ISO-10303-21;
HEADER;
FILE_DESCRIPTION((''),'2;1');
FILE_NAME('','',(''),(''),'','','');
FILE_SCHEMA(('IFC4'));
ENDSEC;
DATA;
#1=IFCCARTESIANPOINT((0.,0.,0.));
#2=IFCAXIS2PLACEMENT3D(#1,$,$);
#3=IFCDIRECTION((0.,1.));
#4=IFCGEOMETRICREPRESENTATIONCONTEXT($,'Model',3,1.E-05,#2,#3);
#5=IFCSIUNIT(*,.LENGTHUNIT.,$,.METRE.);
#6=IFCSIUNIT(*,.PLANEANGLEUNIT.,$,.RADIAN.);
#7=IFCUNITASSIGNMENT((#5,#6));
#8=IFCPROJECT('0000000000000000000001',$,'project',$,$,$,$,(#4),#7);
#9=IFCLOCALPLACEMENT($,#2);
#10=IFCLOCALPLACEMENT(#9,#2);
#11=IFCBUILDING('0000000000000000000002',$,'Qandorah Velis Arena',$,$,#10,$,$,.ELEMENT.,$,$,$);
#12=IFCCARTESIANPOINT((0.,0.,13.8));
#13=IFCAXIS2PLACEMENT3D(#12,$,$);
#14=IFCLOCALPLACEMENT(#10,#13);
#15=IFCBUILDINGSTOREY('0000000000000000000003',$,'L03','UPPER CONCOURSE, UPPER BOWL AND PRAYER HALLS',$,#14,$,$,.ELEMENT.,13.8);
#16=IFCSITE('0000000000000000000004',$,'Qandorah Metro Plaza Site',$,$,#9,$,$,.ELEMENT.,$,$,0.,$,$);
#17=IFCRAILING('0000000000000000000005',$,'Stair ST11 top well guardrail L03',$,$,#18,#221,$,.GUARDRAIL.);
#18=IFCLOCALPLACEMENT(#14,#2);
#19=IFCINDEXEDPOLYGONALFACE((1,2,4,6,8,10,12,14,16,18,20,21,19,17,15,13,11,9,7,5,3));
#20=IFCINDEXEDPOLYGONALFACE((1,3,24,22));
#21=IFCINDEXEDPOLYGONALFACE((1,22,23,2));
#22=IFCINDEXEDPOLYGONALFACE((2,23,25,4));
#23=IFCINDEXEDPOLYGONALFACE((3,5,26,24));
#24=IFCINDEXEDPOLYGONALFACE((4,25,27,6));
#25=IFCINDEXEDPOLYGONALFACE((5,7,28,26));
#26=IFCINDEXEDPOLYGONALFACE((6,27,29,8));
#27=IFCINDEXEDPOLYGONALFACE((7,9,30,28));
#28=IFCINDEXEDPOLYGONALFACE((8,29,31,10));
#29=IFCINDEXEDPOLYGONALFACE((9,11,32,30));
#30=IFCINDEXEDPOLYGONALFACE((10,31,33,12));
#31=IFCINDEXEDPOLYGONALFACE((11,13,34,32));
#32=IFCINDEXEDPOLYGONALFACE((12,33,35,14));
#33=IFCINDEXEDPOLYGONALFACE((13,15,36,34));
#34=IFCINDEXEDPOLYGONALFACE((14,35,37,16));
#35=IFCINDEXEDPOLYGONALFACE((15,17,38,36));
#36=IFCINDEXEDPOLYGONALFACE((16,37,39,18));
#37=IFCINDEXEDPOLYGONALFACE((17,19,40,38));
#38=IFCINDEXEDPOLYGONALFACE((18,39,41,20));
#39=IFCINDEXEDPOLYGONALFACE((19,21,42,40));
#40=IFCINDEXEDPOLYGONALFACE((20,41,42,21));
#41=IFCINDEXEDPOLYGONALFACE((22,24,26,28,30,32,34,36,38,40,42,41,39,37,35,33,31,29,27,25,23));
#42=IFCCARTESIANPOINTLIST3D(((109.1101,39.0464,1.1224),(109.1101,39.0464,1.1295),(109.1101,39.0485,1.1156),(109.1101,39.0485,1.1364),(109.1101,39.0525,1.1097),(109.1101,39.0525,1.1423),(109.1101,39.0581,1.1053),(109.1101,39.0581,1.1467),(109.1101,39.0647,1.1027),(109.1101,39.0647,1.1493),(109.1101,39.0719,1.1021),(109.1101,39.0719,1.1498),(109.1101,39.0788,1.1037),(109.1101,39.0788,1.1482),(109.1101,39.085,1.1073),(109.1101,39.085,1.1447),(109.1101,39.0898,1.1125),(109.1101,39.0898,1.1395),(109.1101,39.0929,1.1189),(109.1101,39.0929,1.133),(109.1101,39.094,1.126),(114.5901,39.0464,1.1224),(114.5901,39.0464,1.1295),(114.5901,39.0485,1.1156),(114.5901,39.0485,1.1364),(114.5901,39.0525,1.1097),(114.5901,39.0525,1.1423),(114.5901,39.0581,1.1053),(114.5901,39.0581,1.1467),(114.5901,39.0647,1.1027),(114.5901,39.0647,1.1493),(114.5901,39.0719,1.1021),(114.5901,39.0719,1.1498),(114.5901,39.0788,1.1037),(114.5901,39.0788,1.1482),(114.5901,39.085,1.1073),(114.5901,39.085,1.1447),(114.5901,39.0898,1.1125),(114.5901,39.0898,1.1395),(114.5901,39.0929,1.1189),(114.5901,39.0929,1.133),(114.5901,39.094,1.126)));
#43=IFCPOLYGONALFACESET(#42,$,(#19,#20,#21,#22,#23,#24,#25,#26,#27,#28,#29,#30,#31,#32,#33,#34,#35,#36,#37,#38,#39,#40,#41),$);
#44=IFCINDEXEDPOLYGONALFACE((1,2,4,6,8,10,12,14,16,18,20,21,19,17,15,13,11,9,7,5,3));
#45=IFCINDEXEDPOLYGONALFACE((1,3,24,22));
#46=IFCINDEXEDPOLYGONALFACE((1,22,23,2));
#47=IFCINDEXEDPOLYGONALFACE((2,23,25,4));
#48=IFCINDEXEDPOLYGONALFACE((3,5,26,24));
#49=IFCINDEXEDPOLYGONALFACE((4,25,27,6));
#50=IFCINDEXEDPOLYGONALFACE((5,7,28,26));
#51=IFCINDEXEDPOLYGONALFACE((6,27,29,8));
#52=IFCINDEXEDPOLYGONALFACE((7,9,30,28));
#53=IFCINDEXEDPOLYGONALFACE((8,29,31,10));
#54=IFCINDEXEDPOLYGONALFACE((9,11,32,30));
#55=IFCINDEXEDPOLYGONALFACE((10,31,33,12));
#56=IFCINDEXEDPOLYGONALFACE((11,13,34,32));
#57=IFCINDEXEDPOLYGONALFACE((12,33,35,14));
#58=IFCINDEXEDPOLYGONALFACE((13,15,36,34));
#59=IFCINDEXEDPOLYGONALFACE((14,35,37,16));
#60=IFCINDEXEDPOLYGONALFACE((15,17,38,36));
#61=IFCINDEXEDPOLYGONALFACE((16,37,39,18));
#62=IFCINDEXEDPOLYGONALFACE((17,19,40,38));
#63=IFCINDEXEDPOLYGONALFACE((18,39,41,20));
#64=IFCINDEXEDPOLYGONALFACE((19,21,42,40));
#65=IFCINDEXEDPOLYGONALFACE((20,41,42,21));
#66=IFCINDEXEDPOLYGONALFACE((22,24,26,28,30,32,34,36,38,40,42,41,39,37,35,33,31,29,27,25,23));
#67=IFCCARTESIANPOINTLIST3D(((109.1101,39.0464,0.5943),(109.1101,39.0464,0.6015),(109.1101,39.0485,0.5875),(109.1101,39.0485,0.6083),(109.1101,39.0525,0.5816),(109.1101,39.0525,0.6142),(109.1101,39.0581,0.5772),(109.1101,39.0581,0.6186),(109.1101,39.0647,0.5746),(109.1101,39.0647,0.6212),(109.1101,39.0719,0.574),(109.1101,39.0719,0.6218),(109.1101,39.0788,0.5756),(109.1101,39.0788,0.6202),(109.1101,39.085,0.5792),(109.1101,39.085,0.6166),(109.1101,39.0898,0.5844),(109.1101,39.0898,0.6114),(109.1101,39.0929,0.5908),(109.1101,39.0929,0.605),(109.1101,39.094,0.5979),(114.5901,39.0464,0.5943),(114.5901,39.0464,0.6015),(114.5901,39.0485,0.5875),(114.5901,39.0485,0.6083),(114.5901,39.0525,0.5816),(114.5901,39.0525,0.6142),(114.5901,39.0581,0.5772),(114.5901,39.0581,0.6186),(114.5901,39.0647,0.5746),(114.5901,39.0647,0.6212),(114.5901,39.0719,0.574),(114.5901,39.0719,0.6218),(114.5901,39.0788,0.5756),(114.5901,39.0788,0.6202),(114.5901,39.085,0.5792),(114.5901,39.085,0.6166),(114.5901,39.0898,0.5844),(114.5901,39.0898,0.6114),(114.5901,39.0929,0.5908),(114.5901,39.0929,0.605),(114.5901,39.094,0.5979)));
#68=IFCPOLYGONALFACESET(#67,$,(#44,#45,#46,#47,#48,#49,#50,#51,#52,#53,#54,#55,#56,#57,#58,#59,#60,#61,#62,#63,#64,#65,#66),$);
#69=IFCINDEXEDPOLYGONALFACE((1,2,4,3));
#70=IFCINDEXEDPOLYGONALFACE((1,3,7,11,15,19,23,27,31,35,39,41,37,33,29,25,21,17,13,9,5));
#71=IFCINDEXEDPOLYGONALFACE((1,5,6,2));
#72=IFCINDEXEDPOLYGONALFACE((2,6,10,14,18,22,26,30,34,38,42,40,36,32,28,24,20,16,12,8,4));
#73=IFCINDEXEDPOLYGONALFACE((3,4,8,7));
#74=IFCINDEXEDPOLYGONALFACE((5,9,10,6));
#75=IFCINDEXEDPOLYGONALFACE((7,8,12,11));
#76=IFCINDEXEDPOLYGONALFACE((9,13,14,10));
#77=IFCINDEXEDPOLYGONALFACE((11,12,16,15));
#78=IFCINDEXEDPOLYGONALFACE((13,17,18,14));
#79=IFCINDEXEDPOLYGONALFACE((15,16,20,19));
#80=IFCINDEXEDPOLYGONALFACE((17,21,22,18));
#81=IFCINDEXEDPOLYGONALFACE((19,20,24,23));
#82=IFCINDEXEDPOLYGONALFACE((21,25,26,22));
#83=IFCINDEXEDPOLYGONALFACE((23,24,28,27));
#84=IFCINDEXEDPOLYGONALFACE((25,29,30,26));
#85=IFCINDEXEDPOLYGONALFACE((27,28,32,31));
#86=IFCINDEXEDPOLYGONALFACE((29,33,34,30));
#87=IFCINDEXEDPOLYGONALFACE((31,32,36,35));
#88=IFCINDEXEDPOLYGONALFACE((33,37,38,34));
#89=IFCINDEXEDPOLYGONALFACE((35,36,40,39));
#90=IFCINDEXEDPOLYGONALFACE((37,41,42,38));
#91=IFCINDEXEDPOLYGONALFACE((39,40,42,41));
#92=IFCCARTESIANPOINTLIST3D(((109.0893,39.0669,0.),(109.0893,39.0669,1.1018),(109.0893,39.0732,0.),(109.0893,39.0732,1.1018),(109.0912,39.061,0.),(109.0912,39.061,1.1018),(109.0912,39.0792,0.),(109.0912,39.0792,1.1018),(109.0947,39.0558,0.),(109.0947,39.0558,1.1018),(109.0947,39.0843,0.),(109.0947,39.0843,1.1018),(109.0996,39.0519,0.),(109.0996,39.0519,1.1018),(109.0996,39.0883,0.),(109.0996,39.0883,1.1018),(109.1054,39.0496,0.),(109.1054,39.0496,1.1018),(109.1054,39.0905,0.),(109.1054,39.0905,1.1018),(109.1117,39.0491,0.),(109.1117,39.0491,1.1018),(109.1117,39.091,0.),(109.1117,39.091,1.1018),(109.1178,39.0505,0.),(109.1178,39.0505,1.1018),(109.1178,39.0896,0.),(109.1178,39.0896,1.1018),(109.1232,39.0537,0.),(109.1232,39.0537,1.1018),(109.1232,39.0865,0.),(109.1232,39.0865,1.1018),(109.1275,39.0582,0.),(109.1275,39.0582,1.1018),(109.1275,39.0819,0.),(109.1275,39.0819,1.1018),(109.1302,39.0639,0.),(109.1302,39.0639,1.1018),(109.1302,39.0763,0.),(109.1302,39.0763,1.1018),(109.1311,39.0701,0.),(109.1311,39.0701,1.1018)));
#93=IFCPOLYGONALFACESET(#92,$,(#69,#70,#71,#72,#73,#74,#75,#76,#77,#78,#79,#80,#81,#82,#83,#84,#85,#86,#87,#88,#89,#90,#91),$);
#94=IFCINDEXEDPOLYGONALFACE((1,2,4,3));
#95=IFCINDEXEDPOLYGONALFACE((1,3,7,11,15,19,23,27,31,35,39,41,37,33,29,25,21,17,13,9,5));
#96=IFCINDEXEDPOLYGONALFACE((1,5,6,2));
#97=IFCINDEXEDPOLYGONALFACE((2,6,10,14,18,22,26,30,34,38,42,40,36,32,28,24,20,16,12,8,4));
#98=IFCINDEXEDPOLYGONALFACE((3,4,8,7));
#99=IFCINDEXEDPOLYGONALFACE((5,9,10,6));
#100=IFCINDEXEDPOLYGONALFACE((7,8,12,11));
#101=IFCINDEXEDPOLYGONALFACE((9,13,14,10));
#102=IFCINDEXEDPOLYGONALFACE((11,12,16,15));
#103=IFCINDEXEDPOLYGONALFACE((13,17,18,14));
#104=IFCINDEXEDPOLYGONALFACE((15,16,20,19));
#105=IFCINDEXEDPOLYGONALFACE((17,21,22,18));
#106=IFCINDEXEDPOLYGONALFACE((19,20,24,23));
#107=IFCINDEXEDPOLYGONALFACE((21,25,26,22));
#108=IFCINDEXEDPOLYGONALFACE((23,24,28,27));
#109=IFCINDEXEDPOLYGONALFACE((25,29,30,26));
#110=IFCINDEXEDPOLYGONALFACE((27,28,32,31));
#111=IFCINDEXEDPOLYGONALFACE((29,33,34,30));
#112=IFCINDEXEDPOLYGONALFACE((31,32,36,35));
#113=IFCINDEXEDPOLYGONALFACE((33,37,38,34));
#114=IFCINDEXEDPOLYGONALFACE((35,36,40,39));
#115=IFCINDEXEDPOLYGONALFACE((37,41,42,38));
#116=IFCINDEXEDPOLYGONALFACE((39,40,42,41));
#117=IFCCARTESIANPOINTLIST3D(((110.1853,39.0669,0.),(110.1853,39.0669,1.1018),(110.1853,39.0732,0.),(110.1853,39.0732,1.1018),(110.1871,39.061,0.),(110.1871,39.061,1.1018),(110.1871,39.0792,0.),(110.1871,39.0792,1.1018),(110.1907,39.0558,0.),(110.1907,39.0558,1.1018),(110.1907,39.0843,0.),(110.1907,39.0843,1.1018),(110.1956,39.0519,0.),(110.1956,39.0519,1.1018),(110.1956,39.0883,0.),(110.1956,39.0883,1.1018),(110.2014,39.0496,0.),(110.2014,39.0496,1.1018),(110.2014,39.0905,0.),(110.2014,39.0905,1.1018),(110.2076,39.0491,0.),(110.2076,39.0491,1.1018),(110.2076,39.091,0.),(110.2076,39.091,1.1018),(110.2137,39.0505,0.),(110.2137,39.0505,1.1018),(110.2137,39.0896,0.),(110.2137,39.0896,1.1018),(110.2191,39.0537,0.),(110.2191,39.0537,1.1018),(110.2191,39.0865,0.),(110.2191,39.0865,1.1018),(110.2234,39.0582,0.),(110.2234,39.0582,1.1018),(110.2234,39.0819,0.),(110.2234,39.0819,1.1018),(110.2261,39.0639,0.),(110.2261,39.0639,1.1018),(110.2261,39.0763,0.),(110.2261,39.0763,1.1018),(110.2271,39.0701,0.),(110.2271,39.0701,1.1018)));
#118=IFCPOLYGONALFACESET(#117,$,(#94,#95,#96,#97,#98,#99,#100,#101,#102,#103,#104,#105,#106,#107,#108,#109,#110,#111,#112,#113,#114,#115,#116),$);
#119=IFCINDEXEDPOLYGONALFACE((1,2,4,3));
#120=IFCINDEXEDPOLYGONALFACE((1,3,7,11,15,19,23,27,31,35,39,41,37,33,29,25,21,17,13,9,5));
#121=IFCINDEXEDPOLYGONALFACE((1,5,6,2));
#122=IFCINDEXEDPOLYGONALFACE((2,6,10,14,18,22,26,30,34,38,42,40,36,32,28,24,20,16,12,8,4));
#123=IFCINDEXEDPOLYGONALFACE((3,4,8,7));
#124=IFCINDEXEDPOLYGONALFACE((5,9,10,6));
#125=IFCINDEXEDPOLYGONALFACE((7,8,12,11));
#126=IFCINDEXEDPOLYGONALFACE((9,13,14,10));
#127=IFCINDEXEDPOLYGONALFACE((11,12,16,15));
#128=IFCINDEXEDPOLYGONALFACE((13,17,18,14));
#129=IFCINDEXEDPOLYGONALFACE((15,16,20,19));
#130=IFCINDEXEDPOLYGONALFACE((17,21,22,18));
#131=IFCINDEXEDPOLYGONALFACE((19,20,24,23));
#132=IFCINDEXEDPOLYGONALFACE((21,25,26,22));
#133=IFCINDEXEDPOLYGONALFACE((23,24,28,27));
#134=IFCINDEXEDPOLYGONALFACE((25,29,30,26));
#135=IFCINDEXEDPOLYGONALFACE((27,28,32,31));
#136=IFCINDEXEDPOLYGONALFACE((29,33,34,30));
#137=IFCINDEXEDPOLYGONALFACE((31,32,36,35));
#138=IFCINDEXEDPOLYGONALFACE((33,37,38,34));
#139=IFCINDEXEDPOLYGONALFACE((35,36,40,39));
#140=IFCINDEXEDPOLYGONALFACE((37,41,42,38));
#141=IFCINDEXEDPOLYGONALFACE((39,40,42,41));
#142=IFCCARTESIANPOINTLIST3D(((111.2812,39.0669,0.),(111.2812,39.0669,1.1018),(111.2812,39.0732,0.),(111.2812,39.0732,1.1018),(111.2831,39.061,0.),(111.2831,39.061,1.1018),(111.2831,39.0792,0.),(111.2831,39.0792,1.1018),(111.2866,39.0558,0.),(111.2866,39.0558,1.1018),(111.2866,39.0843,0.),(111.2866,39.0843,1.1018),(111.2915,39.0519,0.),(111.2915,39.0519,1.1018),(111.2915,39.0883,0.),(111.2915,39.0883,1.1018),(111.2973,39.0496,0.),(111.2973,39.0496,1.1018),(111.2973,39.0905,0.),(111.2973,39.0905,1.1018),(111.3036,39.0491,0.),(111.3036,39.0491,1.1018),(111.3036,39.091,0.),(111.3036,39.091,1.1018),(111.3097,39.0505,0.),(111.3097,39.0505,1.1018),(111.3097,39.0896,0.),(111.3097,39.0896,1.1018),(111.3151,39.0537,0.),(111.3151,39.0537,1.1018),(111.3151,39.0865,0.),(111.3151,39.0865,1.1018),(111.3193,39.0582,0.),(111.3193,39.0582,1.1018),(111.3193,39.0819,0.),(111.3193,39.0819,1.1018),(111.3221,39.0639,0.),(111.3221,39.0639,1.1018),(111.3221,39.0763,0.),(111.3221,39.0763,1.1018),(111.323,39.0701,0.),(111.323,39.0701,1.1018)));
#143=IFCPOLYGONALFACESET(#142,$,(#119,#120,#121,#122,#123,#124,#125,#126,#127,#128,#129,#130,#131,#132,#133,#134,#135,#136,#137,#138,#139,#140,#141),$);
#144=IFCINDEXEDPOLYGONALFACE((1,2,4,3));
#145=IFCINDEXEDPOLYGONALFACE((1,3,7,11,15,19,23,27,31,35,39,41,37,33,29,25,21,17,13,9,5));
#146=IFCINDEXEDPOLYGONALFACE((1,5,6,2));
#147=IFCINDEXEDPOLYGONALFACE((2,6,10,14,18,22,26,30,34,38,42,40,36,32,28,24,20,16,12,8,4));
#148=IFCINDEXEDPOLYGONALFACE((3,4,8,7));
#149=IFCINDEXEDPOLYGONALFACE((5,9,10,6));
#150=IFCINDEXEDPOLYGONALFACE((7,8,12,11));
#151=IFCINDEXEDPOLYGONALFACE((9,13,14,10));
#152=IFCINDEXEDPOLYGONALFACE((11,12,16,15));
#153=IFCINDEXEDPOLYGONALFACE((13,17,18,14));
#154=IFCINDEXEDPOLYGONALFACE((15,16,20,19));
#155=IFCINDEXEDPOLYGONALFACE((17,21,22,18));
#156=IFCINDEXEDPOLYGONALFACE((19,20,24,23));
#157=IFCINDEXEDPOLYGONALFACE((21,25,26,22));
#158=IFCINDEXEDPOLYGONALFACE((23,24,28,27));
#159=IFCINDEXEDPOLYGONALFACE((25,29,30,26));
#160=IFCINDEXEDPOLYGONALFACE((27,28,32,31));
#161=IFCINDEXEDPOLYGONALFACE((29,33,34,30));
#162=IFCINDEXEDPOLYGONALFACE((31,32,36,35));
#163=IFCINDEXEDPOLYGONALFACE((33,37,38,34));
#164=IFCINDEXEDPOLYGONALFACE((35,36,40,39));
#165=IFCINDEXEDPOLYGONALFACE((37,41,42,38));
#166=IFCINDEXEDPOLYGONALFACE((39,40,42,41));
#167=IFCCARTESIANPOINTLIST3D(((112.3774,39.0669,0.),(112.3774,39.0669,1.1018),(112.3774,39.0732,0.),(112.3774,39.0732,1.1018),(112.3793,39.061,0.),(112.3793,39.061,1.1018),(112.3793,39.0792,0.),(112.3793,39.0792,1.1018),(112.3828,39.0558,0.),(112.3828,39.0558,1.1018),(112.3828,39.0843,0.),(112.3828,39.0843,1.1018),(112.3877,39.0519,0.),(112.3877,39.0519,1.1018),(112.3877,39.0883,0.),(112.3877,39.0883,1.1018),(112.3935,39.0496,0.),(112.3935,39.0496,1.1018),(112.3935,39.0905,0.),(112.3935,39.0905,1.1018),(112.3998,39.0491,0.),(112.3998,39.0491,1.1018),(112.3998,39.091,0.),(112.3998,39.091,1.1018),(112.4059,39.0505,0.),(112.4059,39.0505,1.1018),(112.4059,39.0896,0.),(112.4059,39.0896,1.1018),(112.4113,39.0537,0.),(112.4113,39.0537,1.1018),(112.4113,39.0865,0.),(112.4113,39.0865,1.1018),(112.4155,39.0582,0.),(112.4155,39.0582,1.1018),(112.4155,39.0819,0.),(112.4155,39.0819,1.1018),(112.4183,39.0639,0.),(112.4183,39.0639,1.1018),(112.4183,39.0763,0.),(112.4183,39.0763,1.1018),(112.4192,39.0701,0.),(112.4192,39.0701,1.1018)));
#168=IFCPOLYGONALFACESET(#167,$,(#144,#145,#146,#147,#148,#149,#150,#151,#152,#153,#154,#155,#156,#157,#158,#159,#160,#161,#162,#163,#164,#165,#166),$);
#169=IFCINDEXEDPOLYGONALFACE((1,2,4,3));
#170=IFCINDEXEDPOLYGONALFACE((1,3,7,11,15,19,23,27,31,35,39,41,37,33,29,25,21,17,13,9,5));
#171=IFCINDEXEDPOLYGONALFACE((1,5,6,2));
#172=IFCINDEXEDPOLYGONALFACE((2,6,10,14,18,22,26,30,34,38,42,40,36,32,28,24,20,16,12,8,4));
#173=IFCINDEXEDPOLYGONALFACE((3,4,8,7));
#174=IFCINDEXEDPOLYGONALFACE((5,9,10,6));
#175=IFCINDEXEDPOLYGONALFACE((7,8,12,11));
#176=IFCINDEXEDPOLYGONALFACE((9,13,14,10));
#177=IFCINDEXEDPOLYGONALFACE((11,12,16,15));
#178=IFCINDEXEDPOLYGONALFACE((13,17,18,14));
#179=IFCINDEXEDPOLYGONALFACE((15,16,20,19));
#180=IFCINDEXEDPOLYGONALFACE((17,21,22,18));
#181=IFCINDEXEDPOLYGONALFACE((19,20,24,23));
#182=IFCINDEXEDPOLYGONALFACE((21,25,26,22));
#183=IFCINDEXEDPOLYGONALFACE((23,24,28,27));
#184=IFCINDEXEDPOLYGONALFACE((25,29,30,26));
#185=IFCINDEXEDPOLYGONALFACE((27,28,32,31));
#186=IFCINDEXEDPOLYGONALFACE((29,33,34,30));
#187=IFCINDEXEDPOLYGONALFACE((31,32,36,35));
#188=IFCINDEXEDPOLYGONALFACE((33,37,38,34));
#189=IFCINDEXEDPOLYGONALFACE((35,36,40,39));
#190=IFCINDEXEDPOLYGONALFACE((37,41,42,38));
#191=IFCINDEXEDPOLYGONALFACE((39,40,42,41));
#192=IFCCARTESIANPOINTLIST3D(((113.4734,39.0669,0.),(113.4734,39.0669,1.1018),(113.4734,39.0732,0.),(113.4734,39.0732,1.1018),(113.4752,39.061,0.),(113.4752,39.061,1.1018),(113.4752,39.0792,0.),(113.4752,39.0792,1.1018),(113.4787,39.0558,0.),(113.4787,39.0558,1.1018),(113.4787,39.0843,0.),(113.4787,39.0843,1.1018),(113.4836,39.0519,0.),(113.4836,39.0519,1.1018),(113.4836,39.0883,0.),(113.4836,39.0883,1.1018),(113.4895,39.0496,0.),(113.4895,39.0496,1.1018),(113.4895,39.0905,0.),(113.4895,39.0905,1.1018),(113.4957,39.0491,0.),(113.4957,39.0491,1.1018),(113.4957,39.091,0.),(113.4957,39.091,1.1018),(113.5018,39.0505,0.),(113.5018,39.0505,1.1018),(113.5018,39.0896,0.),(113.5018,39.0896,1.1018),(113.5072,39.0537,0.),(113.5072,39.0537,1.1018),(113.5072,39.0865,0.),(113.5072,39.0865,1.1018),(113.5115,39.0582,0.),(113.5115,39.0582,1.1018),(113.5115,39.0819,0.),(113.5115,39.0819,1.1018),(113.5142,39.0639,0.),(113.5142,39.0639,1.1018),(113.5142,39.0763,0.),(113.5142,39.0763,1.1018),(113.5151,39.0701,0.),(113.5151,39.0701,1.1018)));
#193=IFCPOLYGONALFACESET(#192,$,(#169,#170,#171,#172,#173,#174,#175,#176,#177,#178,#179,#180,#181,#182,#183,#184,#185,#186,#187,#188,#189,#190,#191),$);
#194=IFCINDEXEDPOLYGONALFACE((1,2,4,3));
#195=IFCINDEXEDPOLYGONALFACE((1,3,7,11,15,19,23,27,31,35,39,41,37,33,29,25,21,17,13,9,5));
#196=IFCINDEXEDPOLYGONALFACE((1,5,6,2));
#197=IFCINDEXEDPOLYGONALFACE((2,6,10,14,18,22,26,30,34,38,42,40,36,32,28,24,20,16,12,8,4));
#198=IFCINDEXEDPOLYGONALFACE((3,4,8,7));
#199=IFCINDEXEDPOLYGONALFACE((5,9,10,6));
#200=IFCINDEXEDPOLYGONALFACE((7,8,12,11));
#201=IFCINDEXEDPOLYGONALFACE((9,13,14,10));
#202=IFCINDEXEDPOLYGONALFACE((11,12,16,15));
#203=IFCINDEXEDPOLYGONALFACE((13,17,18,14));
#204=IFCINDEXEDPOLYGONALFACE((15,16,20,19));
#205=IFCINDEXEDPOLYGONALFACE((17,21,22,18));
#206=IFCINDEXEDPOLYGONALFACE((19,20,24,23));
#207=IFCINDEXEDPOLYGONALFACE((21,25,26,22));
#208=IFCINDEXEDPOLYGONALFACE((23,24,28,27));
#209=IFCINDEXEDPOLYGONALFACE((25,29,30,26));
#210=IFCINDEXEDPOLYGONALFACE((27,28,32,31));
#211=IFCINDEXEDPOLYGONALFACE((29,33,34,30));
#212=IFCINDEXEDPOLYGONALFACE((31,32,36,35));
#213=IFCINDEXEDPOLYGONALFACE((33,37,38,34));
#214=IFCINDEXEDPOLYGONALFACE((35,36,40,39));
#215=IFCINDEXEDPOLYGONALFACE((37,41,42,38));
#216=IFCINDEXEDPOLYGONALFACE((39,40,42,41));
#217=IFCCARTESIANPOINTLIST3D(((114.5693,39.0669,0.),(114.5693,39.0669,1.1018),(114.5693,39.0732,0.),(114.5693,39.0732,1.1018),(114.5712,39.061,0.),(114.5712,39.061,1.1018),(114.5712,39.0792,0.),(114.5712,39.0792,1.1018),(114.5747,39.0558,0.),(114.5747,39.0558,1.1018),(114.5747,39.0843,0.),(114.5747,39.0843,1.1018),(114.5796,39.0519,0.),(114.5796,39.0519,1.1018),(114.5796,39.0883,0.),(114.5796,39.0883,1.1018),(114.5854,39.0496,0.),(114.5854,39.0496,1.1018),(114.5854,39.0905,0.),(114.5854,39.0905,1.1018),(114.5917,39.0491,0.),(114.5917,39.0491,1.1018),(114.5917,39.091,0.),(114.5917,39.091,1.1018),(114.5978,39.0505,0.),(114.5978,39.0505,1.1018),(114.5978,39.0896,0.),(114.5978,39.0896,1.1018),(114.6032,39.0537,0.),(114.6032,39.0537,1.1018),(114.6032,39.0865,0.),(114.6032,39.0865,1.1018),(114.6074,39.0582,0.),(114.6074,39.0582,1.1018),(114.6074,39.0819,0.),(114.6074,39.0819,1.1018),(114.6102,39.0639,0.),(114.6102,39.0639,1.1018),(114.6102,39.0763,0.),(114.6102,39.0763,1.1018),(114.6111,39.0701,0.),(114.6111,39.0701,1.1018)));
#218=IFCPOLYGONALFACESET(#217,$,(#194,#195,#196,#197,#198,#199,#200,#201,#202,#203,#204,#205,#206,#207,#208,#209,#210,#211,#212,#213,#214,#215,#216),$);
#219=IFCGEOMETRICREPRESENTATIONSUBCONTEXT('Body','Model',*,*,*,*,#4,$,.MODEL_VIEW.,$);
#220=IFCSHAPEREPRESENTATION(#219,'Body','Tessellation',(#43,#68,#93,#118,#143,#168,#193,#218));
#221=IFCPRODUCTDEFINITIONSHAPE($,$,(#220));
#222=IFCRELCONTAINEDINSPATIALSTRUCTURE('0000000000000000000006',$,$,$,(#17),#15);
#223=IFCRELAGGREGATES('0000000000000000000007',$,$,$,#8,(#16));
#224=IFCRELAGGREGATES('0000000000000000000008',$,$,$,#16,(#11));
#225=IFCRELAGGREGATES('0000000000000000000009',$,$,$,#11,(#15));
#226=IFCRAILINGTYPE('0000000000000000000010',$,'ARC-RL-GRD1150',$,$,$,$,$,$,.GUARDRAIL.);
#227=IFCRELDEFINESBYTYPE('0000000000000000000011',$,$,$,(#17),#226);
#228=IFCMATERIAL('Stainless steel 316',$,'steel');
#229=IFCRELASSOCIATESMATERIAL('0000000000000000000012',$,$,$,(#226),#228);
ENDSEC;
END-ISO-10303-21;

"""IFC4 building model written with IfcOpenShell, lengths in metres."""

from ifc_helpers import new_model, si_unit, direction, frame, origin, origin_2d, place, context, subcontext, project, spatial, circle, extrude, material, type_object, element, save


model = new_model("IFC4")

# Units and contexts
model_context = context("Model", 3, precision=1e-05, world=origin(), true_north=direction((0.0, 1.0)))
body_context = subcontext(model_context, "Body", "Model", "MODEL_VIEW")
ifc_project = project(units=[si_unit("LENGTHUNIT", "METRE"), si_unit("PLANEANGLEUNIT", "RADIAN")], contexts=[model_context])

# Site, building, storey
site_placement = place(None, origin())
site = spatial("IfcSite", under=ifc_project, at=site_placement, Name="Qandorah Metro Plaza Site", CompositionType="ELEMENT", RefElevation=0.0)
building_placement = place(site_placement, origin())
building = spatial("IfcBuilding", under=site, at=building_placement, Name="Qandorah Velis Arena", CompositionType="ELEMENT")
storey_placement = place(building_placement, frame((0.0, 0.0, 13.8)))
storey = spatial("IfcBuildingStorey", under=building, at=storey_placement, Name="L03", Description="UPPER CONCOURSE, UPPER BOWL AND PRAYER HALLS", CompositionType="ELEMENT", Elevation=13.8)

# Railing
ifc_material_1 = material(Name="Stainless steel 316", Category="steel")
railing_type = type_object("IfcRailingType", Name="ARC-RL-GRD1150", PredefinedType="GUARDRAIL", material=ifc_material_1)
railing_placement = place(storey_placement, frame((109.1101, 39.0701, 0.0)))
element("IfcRailing", 1, at=railing_placement, inside=storey, type_object=railing_type, Name="Stair ST11 top well guardrail L03", PredefinedType="GUARDRAIL", context=body_context, shape_type="SweptSolid", body=[
    extrude(circle(Radius=0.0239, at=origin_2d()), frame((0.0, 0.0, 1.126), z_axis=(1.0, 0.0, 0.0), x_axis=(0.0, 1.0, 0.0)), (0.0, 0.0, 1.0), 5.48),
    extrude(circle(Radius=0.0239, at=origin_2d()), frame((0.0, 0.0, 0.5979), z_axis=(1.0, 0.0, 0.0), x_axis=(0.0, 1.0, 0.0)), (0.0, 0.0, 1.0), 5.48),
    extrude(circle(Radius=0.021, at=origin_2d()), origin(), (0.0, 0.0, 1.0), 1.1018),
    extrude(circle(Radius=0.021, at=origin_2d()), frame((1.0959, 0.0, 0.0)), (0.0, 0.0, 1.0), 1.1018),
    extrude(circle(Radius=0.021, at=origin_2d()), frame((2.1919, 0.0, 0.0)), (0.0, 0.0, 1.0), 1.1018),
    extrude(circle(Radius=0.021, at=origin_2d()), frame((3.2881, 0.0, 0.0)), (0.0, 0.0, 1.0), 1.1018),
    extrude(circle(Radius=0.021, at=origin_2d()), frame((4.384, 0.0, 0.0)), (0.0, 0.0, 1.0), 1.1018),
    extrude(circle(Radius=0.021, at=origin_2d()), frame((5.48, 0.0, 0.0)), (0.0, 0.0, 1.0), 1.1018),
])

save(model, "model.ifc")
